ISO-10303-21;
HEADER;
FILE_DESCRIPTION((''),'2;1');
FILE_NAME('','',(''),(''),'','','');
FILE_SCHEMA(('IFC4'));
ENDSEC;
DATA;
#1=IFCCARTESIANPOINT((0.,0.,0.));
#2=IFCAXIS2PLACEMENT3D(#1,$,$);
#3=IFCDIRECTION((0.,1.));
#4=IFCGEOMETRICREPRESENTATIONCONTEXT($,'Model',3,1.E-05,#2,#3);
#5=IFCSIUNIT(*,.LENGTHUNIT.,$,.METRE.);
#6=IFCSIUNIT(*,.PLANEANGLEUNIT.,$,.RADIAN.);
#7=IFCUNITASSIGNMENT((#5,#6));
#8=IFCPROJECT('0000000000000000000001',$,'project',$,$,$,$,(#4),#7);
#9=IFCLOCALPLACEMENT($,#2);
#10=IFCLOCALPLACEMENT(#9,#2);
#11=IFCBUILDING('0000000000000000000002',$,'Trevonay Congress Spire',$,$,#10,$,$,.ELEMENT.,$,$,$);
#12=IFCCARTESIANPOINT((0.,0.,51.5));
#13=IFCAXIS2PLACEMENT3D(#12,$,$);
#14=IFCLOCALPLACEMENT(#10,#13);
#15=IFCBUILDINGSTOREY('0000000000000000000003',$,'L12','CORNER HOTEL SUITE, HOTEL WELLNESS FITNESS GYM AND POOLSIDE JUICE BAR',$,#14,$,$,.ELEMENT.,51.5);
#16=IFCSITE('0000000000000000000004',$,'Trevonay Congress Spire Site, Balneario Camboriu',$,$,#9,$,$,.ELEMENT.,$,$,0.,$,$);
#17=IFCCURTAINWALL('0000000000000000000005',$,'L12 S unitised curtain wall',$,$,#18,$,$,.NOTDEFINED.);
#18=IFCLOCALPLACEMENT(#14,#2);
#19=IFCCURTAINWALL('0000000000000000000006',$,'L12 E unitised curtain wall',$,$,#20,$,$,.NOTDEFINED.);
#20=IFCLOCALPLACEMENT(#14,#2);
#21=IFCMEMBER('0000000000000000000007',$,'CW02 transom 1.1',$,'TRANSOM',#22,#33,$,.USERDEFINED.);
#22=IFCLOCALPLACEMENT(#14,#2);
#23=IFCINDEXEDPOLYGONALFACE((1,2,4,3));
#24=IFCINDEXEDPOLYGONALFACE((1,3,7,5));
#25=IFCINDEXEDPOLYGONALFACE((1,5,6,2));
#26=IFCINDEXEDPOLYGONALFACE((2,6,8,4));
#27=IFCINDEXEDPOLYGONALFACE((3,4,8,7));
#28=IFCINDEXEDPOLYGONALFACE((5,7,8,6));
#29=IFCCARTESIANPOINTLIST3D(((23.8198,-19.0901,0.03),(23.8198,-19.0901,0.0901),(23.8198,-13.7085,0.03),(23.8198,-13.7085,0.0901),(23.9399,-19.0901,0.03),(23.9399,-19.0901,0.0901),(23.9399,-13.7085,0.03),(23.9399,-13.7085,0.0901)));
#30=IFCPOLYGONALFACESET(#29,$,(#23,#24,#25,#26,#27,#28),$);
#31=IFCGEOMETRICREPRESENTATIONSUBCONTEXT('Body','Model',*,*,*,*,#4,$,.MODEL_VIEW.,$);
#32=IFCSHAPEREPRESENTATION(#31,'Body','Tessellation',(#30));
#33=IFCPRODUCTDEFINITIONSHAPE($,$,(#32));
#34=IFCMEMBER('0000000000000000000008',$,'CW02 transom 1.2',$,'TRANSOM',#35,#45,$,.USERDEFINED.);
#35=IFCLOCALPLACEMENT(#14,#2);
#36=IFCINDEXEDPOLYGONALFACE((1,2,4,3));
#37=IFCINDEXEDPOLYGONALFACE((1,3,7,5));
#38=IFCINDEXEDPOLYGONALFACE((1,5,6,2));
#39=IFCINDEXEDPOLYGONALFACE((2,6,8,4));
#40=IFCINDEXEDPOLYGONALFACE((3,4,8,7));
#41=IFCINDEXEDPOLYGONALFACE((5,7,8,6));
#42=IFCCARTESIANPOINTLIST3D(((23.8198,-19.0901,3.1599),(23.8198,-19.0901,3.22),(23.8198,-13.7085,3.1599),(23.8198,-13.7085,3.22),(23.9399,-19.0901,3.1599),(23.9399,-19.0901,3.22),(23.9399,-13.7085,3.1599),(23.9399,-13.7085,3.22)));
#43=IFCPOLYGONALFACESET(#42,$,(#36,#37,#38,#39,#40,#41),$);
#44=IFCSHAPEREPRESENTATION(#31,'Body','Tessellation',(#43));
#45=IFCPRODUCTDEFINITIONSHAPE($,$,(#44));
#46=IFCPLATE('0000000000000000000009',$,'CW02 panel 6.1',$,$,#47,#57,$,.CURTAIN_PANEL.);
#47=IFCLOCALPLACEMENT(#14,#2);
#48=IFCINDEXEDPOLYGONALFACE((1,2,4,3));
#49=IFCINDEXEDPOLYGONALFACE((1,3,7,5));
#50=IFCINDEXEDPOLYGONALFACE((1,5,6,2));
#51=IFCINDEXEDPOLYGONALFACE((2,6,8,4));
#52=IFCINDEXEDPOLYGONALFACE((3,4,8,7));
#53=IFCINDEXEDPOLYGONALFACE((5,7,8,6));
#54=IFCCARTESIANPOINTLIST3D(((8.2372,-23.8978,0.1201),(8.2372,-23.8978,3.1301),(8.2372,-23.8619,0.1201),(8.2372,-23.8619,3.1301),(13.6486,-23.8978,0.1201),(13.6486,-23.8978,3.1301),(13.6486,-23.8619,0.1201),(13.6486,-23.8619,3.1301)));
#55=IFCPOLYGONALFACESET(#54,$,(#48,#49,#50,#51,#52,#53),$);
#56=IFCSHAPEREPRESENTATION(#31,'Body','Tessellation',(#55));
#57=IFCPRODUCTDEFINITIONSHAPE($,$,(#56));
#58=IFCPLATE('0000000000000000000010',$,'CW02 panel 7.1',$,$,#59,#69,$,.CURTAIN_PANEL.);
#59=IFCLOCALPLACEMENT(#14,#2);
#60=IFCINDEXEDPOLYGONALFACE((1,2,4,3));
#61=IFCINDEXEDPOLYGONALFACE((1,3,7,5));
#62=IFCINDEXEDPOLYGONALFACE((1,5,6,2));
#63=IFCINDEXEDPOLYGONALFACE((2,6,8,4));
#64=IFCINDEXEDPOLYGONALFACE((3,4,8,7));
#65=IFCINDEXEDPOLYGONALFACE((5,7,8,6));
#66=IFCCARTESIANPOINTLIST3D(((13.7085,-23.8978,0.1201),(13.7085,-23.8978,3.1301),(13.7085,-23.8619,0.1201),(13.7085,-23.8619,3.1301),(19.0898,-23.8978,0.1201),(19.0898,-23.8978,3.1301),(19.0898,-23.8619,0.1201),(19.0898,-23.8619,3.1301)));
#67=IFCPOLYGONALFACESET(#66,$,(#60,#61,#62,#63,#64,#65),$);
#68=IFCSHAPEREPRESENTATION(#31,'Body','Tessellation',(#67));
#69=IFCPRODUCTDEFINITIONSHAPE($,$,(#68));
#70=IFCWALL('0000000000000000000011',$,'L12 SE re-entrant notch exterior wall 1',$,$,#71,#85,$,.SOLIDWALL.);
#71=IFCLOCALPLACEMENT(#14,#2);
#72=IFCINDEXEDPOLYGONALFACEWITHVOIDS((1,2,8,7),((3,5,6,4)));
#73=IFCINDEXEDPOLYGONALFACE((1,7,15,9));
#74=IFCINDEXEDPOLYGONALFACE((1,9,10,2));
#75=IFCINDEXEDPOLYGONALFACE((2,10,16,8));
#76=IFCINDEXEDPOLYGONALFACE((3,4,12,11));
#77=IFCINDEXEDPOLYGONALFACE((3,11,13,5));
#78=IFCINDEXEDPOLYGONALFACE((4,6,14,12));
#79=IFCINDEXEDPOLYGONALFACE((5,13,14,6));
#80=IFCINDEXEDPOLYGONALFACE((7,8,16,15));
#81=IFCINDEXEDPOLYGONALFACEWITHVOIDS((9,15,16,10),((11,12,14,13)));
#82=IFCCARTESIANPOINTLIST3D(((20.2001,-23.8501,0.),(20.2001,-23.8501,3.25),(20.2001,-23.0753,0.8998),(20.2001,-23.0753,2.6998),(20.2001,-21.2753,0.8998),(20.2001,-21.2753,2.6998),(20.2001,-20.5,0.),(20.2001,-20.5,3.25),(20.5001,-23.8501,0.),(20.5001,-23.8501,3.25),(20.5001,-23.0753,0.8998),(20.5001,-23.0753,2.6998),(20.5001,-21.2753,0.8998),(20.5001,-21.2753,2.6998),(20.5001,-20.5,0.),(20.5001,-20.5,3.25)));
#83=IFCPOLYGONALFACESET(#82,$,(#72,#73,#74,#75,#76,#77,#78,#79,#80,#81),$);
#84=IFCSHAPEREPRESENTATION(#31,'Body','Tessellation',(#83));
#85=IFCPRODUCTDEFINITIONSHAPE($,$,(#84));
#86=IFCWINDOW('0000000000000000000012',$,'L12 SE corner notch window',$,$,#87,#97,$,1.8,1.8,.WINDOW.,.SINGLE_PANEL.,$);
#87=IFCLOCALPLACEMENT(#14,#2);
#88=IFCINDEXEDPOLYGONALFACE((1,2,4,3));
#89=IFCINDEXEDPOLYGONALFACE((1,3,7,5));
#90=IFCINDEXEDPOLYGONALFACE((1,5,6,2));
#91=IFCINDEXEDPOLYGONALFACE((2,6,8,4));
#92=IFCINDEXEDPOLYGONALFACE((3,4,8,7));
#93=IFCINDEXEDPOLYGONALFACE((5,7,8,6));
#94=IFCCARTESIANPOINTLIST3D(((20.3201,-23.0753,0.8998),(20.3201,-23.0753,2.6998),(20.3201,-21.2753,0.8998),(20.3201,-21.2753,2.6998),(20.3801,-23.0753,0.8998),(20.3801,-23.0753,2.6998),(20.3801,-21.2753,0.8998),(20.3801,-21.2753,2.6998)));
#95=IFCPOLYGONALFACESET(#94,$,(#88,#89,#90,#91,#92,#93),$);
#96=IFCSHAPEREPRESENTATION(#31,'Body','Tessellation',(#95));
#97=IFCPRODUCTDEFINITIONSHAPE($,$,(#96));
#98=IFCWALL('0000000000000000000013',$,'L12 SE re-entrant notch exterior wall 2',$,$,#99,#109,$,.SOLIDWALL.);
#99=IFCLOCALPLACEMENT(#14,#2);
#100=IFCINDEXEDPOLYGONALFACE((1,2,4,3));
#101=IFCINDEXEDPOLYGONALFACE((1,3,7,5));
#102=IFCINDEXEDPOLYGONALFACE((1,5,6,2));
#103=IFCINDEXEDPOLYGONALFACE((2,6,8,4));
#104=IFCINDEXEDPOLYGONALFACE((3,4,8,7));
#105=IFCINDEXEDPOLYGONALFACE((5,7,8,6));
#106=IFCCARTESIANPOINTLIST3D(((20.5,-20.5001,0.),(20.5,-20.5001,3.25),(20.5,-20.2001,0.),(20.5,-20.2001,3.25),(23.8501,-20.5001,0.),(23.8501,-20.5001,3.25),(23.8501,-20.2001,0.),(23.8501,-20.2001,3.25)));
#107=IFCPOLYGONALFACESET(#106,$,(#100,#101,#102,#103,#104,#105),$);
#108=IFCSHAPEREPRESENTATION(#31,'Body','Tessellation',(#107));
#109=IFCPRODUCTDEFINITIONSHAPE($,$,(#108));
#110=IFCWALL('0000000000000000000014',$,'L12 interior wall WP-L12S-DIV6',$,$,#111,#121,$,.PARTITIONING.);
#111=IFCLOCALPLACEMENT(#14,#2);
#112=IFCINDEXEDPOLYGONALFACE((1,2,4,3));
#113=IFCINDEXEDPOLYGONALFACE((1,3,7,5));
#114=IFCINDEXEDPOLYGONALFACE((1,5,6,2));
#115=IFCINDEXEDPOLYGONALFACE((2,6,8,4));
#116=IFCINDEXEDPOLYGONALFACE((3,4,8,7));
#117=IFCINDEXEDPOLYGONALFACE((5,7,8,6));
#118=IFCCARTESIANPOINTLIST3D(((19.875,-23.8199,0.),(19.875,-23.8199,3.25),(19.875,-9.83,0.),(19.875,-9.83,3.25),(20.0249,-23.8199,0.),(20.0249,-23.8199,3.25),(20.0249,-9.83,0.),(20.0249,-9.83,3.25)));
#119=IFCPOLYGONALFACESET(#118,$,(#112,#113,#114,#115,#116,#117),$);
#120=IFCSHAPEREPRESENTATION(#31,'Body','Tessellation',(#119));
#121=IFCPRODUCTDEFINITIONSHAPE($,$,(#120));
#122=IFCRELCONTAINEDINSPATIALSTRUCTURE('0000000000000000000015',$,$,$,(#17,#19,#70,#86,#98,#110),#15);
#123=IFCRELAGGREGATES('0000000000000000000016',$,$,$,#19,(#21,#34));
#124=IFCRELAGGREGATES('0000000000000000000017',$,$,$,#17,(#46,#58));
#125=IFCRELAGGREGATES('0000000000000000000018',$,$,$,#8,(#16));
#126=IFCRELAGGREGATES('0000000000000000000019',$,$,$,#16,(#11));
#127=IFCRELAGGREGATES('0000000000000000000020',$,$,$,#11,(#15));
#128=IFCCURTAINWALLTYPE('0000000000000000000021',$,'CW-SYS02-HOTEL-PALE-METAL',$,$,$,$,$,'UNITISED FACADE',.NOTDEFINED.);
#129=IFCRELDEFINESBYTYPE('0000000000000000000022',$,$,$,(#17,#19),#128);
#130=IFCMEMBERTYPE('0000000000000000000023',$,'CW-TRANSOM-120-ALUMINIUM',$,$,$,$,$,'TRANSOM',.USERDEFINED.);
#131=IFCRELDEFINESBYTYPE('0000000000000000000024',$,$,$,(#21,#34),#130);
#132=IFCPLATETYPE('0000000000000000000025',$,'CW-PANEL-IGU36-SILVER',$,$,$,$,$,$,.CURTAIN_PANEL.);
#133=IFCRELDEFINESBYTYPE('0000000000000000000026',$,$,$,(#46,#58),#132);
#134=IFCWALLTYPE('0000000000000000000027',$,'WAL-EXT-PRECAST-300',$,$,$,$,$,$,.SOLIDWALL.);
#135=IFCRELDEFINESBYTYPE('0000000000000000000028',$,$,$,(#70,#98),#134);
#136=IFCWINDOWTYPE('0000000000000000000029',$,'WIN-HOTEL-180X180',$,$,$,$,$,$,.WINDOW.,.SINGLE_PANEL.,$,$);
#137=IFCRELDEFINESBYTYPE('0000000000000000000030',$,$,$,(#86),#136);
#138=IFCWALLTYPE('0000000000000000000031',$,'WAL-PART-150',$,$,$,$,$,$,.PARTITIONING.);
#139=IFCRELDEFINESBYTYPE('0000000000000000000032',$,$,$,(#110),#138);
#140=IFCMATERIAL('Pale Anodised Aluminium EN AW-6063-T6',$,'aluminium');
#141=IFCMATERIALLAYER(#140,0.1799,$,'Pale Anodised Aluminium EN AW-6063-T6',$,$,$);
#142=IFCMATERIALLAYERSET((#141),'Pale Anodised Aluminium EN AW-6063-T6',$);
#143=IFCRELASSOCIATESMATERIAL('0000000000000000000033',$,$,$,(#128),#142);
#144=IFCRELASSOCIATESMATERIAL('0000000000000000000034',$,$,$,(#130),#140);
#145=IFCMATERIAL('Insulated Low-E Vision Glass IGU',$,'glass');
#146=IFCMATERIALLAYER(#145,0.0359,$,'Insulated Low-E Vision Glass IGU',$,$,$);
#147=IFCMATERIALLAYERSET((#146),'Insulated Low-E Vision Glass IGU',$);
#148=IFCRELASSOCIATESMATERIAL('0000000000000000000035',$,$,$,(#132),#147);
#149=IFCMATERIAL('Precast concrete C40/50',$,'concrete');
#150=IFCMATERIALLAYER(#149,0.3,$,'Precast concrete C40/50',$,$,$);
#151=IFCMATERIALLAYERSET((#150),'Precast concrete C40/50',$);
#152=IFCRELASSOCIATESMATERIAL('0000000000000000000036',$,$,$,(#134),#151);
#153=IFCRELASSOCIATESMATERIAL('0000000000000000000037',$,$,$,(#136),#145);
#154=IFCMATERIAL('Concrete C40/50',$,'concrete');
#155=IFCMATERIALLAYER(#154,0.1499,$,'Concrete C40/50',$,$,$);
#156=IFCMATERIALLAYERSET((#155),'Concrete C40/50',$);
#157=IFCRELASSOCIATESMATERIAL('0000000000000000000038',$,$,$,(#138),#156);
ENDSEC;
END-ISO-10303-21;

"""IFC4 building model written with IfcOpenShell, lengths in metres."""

from ifc_helpers import new_model, si_unit, direction, frame, frame_2d, origin, origin_2d, place, context, subcontext, project, spatial, rectangle, extrude, material, layer, layer_set, material_profile, profile_set, type_object, element, fill, aggregate, save


model = new_model("IFC4")

# Units and contexts
model_context = context("Model", 3, precision=1e-05, world=origin(), true_north=direction((0.0, 1.0)))
body_context = subcontext(model_context, "Body", "Model", "MODEL_VIEW")
ifc_project = project(units=[si_unit("LENGTHUNIT", "METRE"), si_unit("PLANEANGLEUNIT", "RADIAN")], contexts=[model_context])

# Site, building, storey
site_placement = place(None, origin())
site = spatial("IfcSite", under=ifc_project, at=site_placement, Name="Trevonay Congress Spire Site, Balneario Camboriu", CompositionType="ELEMENT", RefElevation=0.0)
building_placement = place(site_placement, origin())
building = spatial("IfcBuilding", under=site, at=building_placement, Name="Trevonay Congress Spire", CompositionType="ELEMENT")
storey_placement = place(building_placement, frame((0.0, 0.0, 51.5)))
storey = spatial("IfcBuildingStorey", under=building, at=storey_placement, Name="L12", Description="CORNER HOTEL SUITE, HOTEL WELLNESS FITNESS GYM AND POOLSIDE JUICE BAR", CompositionType="ELEMENT", Elevation=51.5)

# Curtain wall
ifc_material_1 = material(Name="Pale Anodised Aluminium EN AW-6063-T6", Category="aluminium")
ifc_layer_1 = layer(ifc_material_1, 0.1799, Name="Pale Anodised Aluminium EN AW-6063-T6")
ifc_layer_set_1 = layer_set([ifc_layer_1], Name="Pale Anodised Aluminium EN AW-6063-T6")
curtain_wall_type = type_object("IfcCurtainWallType", Name="CW-SYS02-HOTEL-PALE-METAL", ElementType="UNITISED FACADE", PredefinedType="NOTDEFINED", material=ifc_layer_set_1)
curtain_wall_1_placement = place(storey_placement, origin())
curtain_wall_1 = element("IfcCurtainWall", 1, at=curtain_wall_1_placement, inside=storey, type_object=curtain_wall_type, Name="L12 S unitised curtain wall", PredefinedType="NOTDEFINED")

# Curtain wall
curtain_wall_2_placement = place(storey_placement, origin())
curtain_wall_2 = element("IfcCurtainWall", 2, at=curtain_wall_2_placement, inside=storey, type_object=curtain_wall_type, Name="L12 E unitised curtain wall", PredefinedType="NOTDEFINED")

# Members
ifc_material_profile_1 = material_profile(ifc_material_1, rectangle(XDim=0.1201, YDim=0.0601, at=origin_2d()), Name="CW-TRANSOM-120-ALUMINIUM")
ifc_profile_set_1 = profile_set([ifc_material_profile_1], Name="Pale Anodised Aluminium EN AW-6063-T6")
member_type_1 = type_object("IfcMemberType", Name="CW-TRANSOM-120-ALUMINIUM", ElementType="TRANSOM", PredefinedType="USERDEFINED", material=ifc_profile_set_1)
member_1_placement = place(storey_placement, frame((23.8799, -19.0901, 0.0601), z_axis=(0.0, 1.0, 0.0), x_axis=(-1.0, 0.0, 0.0)))
member_1 = element("IfcMember", 3, at=member_1_placement, type_object=member_type_1, Name="CW02 transom 1.1", ObjectType="TRANSOM", PredefinedType="USERDEFINED", context=body_context, shape_type="SweptSolid", body=[
    extrude(rectangle(XDim=0.1201, YDim=0.0601, at=origin_2d()), origin(), (0.0, 0.0, 1.0), 5.3816),
])
member_2_placement = place(storey_placement, frame((23.8799, -19.0901, 3.1899), z_axis=(0.0, 1.0, 0.0), x_axis=(-1.0, 0.0, 0.0)))
member_2 = element("IfcMember", 4, at=member_2_placement, type_object=member_type_1, Name="CW02 transom 1.2", ObjectType="TRANSOM", PredefinedType="USERDEFINED", context=body_context, shape_type="SweptSolid", body=[
    extrude(rectangle(XDim=0.1201, YDim=0.0601, at=origin_2d()), origin(), (0.0, 0.0, 1.0), 5.3816),
])
aggregate(curtain_wall_2, [member_1, member_2])

# Plates
ifc_material_2 = material(Name="Insulated Low-E Vision Glass IGU", Category="glass")
ifc_layer_2 = layer(ifc_material_2, 0.0359, Name="Insulated Low-E Vision Glass IGU")
ifc_layer_set_2 = layer_set([ifc_layer_2], Name="Insulated Low-E Vision Glass IGU")
plate_type = type_object("IfcPlateType", Name="CW-PANEL-IGU36-SILVER", PredefinedType="CURTAIN_PANEL", material=ifc_layer_set_2)
plate_1_placement = place(storey_placement, frame((10.9429, -23.8799, 0.1201), z_axis=(0.0, 0.0, 1.0), x_axis=(1.0, 0.0, 0.0)))
plate_1 = element("IfcPlate", 5, at=plate_1_placement, type_object=plate_type, Name="CW02 panel 6.1", PredefinedType="CURTAIN_PANEL", context=body_context, shape_type="SweptSolid", body=[
    extrude(rectangle(XDim=5.4114, YDim=0.0359, at=origin_2d()), origin(), (0.0, 0.0, 1.0), 3.01),
])
plate_2_placement = place(storey_placement, frame((16.3992, -23.8799, 0.1201), z_axis=(0.0, 0.0, 1.0), x_axis=(1.0, 0.0, 0.0)))
plate_2 = element("IfcPlate", 6, at=plate_2_placement, type_object=plate_type, Name="CW02 panel 7.1", PredefinedType="CURTAIN_PANEL", context=body_context, shape_type="SweptSolid", body=[
    extrude(rectangle(XDim=5.3813, YDim=0.0359, at=origin_2d()), origin(), (0.0, 0.0, 1.0), 3.01),
])
aggregate(curtain_wall_1, [plate_1, plate_2])

# Wall, opening, window
ifc_material_3 = material(Name="Precast concrete C40/50", Category="concrete")
ifc_layer_3 = layer(ifc_material_3, 0.3, Name="Precast concrete C40/50")
ifc_layer_set_3 = layer_set([ifc_layer_3], Name="Precast concrete C40/50")
wall_type_1 = type_object("IfcWallType", Name="WAL-EXT-PRECAST-300", PredefinedType="SOLIDWALL", material=ifc_layer_set_3)
wall_1_placement = place(storey_placement, frame((20.3501, -23.8501, 0.0), z_axis=(0.0, 0.0, 1.0), x_axis=(0.0, 1.0, 0.0)))
wall_1 = element("IfcWall", 7, at=wall_1_placement, inside=storey, type_object=wall_type_1, Name="L12 SE re-entrant notch exterior wall 1", PredefinedType="SOLIDWALL", context=body_context, shape_type="SweptSolid", body=[
    extrude(rectangle(XDim=3.3501, YDim=0.3, at=frame_2d((1.675, 0.0))), origin(), (0.0, 0.0, 1.0), 3.25),
])
opening_placement = place(wall_1_placement, frame((0.7749, 0.0, 0.8999)))
opening = element("IfcOpeningElement", 8, at=opening_placement, cuts=wall_1, PredefinedType="OPENING", context=body_context, shape_type="SweptSolid", body=[
    extrude(rectangle(XDim=1.8, YDim=1.8, at=frame_2d((0.8999, 0.8999))), frame((0.0, 0.1602, 0.0), z_axis=(0.0, -1.0, 0.0), x_axis=(1.0, 0.0, 0.0)), (0.0, 0.0, 1.0), 0.3201),
])
window_type = type_object("IfcWindowType", Name="WIN-HOTEL-180X180", PartitioningType="SINGLE_PANEL", PredefinedType="WINDOW", material=ifc_material_2)
window_placement = place(opening_placement, origin())
window = element("IfcWindow", 9, at=window_placement, inside=storey, type_object=window_type, Name="L12 SE corner notch window", OverallHeight=1.8, OverallWidth=1.8, PartitioningType="SINGLE_PANEL", PredefinedType="WINDOW", context=body_context, shape_type="SweptSolid", body=[
    extrude(rectangle(XDim=1.8, YDim=1.8, at=frame_2d((0.8999, 0.8999))), frame((0.0, 0.03, 0.0), z_axis=(0.0, -1.0, 0.0), x_axis=(1.0, 0.0, 0.0)), (0.0, 0.0, 1.0), 0.0601),
])
fill(opening, window)

# Walls
wall_2_placement = place(storey_placement, frame((23.8501, -20.3501, 0.0), z_axis=(0.0, 0.0, 1.0), x_axis=(-1.0, 0.0, 0.0)))
element("IfcWall", 10, at=wall_2_placement, inside=storey, type_object=wall_type_1, Name="L12 SE re-entrant notch exterior wall 2", PredefinedType="SOLIDWALL", context=body_context, shape_type="SweptSolid", body=[
    extrude(rectangle(XDim=3.3501, YDim=0.3, at=frame_2d((1.675, 0.0))), origin(), (0.0, 0.0, 1.0), 3.25),
])
ifc_material_4 = material(Name="Concrete C40/50", Category="concrete")
ifc_layer_4 = layer(ifc_material_4, 0.1499, Name="Concrete C40/50")
ifc_layer_set_4 = layer_set([ifc_layer_4], Name="Concrete C40/50")
wall_type_2 = type_object("IfcWallType", Name="WAL-PART-150", PredefinedType="PARTITIONING", material=ifc_layer_set_4)
wall_3_placement = place(storey_placement, frame((19.95, -23.8201, 0.0), z_axis=(0.0, 0.0, 1.0), x_axis=(0.0, 1.0, 0.0)))
element("IfcWall", 11, at=wall_3_placement, inside=storey, type_object=wall_type_2, Name="L12 interior wall WP-L12S-DIV6", PredefinedType="PARTITIONING", context=body_context, shape_type="SweptSolid", body=[
    extrude(rectangle(XDim=13.99, YDim=0.1499, at=frame_2d((6.9951, 0.0))), origin(), (0.0, 0.0, 1.0), 3.25),
])

save(model, "model.ifc")
